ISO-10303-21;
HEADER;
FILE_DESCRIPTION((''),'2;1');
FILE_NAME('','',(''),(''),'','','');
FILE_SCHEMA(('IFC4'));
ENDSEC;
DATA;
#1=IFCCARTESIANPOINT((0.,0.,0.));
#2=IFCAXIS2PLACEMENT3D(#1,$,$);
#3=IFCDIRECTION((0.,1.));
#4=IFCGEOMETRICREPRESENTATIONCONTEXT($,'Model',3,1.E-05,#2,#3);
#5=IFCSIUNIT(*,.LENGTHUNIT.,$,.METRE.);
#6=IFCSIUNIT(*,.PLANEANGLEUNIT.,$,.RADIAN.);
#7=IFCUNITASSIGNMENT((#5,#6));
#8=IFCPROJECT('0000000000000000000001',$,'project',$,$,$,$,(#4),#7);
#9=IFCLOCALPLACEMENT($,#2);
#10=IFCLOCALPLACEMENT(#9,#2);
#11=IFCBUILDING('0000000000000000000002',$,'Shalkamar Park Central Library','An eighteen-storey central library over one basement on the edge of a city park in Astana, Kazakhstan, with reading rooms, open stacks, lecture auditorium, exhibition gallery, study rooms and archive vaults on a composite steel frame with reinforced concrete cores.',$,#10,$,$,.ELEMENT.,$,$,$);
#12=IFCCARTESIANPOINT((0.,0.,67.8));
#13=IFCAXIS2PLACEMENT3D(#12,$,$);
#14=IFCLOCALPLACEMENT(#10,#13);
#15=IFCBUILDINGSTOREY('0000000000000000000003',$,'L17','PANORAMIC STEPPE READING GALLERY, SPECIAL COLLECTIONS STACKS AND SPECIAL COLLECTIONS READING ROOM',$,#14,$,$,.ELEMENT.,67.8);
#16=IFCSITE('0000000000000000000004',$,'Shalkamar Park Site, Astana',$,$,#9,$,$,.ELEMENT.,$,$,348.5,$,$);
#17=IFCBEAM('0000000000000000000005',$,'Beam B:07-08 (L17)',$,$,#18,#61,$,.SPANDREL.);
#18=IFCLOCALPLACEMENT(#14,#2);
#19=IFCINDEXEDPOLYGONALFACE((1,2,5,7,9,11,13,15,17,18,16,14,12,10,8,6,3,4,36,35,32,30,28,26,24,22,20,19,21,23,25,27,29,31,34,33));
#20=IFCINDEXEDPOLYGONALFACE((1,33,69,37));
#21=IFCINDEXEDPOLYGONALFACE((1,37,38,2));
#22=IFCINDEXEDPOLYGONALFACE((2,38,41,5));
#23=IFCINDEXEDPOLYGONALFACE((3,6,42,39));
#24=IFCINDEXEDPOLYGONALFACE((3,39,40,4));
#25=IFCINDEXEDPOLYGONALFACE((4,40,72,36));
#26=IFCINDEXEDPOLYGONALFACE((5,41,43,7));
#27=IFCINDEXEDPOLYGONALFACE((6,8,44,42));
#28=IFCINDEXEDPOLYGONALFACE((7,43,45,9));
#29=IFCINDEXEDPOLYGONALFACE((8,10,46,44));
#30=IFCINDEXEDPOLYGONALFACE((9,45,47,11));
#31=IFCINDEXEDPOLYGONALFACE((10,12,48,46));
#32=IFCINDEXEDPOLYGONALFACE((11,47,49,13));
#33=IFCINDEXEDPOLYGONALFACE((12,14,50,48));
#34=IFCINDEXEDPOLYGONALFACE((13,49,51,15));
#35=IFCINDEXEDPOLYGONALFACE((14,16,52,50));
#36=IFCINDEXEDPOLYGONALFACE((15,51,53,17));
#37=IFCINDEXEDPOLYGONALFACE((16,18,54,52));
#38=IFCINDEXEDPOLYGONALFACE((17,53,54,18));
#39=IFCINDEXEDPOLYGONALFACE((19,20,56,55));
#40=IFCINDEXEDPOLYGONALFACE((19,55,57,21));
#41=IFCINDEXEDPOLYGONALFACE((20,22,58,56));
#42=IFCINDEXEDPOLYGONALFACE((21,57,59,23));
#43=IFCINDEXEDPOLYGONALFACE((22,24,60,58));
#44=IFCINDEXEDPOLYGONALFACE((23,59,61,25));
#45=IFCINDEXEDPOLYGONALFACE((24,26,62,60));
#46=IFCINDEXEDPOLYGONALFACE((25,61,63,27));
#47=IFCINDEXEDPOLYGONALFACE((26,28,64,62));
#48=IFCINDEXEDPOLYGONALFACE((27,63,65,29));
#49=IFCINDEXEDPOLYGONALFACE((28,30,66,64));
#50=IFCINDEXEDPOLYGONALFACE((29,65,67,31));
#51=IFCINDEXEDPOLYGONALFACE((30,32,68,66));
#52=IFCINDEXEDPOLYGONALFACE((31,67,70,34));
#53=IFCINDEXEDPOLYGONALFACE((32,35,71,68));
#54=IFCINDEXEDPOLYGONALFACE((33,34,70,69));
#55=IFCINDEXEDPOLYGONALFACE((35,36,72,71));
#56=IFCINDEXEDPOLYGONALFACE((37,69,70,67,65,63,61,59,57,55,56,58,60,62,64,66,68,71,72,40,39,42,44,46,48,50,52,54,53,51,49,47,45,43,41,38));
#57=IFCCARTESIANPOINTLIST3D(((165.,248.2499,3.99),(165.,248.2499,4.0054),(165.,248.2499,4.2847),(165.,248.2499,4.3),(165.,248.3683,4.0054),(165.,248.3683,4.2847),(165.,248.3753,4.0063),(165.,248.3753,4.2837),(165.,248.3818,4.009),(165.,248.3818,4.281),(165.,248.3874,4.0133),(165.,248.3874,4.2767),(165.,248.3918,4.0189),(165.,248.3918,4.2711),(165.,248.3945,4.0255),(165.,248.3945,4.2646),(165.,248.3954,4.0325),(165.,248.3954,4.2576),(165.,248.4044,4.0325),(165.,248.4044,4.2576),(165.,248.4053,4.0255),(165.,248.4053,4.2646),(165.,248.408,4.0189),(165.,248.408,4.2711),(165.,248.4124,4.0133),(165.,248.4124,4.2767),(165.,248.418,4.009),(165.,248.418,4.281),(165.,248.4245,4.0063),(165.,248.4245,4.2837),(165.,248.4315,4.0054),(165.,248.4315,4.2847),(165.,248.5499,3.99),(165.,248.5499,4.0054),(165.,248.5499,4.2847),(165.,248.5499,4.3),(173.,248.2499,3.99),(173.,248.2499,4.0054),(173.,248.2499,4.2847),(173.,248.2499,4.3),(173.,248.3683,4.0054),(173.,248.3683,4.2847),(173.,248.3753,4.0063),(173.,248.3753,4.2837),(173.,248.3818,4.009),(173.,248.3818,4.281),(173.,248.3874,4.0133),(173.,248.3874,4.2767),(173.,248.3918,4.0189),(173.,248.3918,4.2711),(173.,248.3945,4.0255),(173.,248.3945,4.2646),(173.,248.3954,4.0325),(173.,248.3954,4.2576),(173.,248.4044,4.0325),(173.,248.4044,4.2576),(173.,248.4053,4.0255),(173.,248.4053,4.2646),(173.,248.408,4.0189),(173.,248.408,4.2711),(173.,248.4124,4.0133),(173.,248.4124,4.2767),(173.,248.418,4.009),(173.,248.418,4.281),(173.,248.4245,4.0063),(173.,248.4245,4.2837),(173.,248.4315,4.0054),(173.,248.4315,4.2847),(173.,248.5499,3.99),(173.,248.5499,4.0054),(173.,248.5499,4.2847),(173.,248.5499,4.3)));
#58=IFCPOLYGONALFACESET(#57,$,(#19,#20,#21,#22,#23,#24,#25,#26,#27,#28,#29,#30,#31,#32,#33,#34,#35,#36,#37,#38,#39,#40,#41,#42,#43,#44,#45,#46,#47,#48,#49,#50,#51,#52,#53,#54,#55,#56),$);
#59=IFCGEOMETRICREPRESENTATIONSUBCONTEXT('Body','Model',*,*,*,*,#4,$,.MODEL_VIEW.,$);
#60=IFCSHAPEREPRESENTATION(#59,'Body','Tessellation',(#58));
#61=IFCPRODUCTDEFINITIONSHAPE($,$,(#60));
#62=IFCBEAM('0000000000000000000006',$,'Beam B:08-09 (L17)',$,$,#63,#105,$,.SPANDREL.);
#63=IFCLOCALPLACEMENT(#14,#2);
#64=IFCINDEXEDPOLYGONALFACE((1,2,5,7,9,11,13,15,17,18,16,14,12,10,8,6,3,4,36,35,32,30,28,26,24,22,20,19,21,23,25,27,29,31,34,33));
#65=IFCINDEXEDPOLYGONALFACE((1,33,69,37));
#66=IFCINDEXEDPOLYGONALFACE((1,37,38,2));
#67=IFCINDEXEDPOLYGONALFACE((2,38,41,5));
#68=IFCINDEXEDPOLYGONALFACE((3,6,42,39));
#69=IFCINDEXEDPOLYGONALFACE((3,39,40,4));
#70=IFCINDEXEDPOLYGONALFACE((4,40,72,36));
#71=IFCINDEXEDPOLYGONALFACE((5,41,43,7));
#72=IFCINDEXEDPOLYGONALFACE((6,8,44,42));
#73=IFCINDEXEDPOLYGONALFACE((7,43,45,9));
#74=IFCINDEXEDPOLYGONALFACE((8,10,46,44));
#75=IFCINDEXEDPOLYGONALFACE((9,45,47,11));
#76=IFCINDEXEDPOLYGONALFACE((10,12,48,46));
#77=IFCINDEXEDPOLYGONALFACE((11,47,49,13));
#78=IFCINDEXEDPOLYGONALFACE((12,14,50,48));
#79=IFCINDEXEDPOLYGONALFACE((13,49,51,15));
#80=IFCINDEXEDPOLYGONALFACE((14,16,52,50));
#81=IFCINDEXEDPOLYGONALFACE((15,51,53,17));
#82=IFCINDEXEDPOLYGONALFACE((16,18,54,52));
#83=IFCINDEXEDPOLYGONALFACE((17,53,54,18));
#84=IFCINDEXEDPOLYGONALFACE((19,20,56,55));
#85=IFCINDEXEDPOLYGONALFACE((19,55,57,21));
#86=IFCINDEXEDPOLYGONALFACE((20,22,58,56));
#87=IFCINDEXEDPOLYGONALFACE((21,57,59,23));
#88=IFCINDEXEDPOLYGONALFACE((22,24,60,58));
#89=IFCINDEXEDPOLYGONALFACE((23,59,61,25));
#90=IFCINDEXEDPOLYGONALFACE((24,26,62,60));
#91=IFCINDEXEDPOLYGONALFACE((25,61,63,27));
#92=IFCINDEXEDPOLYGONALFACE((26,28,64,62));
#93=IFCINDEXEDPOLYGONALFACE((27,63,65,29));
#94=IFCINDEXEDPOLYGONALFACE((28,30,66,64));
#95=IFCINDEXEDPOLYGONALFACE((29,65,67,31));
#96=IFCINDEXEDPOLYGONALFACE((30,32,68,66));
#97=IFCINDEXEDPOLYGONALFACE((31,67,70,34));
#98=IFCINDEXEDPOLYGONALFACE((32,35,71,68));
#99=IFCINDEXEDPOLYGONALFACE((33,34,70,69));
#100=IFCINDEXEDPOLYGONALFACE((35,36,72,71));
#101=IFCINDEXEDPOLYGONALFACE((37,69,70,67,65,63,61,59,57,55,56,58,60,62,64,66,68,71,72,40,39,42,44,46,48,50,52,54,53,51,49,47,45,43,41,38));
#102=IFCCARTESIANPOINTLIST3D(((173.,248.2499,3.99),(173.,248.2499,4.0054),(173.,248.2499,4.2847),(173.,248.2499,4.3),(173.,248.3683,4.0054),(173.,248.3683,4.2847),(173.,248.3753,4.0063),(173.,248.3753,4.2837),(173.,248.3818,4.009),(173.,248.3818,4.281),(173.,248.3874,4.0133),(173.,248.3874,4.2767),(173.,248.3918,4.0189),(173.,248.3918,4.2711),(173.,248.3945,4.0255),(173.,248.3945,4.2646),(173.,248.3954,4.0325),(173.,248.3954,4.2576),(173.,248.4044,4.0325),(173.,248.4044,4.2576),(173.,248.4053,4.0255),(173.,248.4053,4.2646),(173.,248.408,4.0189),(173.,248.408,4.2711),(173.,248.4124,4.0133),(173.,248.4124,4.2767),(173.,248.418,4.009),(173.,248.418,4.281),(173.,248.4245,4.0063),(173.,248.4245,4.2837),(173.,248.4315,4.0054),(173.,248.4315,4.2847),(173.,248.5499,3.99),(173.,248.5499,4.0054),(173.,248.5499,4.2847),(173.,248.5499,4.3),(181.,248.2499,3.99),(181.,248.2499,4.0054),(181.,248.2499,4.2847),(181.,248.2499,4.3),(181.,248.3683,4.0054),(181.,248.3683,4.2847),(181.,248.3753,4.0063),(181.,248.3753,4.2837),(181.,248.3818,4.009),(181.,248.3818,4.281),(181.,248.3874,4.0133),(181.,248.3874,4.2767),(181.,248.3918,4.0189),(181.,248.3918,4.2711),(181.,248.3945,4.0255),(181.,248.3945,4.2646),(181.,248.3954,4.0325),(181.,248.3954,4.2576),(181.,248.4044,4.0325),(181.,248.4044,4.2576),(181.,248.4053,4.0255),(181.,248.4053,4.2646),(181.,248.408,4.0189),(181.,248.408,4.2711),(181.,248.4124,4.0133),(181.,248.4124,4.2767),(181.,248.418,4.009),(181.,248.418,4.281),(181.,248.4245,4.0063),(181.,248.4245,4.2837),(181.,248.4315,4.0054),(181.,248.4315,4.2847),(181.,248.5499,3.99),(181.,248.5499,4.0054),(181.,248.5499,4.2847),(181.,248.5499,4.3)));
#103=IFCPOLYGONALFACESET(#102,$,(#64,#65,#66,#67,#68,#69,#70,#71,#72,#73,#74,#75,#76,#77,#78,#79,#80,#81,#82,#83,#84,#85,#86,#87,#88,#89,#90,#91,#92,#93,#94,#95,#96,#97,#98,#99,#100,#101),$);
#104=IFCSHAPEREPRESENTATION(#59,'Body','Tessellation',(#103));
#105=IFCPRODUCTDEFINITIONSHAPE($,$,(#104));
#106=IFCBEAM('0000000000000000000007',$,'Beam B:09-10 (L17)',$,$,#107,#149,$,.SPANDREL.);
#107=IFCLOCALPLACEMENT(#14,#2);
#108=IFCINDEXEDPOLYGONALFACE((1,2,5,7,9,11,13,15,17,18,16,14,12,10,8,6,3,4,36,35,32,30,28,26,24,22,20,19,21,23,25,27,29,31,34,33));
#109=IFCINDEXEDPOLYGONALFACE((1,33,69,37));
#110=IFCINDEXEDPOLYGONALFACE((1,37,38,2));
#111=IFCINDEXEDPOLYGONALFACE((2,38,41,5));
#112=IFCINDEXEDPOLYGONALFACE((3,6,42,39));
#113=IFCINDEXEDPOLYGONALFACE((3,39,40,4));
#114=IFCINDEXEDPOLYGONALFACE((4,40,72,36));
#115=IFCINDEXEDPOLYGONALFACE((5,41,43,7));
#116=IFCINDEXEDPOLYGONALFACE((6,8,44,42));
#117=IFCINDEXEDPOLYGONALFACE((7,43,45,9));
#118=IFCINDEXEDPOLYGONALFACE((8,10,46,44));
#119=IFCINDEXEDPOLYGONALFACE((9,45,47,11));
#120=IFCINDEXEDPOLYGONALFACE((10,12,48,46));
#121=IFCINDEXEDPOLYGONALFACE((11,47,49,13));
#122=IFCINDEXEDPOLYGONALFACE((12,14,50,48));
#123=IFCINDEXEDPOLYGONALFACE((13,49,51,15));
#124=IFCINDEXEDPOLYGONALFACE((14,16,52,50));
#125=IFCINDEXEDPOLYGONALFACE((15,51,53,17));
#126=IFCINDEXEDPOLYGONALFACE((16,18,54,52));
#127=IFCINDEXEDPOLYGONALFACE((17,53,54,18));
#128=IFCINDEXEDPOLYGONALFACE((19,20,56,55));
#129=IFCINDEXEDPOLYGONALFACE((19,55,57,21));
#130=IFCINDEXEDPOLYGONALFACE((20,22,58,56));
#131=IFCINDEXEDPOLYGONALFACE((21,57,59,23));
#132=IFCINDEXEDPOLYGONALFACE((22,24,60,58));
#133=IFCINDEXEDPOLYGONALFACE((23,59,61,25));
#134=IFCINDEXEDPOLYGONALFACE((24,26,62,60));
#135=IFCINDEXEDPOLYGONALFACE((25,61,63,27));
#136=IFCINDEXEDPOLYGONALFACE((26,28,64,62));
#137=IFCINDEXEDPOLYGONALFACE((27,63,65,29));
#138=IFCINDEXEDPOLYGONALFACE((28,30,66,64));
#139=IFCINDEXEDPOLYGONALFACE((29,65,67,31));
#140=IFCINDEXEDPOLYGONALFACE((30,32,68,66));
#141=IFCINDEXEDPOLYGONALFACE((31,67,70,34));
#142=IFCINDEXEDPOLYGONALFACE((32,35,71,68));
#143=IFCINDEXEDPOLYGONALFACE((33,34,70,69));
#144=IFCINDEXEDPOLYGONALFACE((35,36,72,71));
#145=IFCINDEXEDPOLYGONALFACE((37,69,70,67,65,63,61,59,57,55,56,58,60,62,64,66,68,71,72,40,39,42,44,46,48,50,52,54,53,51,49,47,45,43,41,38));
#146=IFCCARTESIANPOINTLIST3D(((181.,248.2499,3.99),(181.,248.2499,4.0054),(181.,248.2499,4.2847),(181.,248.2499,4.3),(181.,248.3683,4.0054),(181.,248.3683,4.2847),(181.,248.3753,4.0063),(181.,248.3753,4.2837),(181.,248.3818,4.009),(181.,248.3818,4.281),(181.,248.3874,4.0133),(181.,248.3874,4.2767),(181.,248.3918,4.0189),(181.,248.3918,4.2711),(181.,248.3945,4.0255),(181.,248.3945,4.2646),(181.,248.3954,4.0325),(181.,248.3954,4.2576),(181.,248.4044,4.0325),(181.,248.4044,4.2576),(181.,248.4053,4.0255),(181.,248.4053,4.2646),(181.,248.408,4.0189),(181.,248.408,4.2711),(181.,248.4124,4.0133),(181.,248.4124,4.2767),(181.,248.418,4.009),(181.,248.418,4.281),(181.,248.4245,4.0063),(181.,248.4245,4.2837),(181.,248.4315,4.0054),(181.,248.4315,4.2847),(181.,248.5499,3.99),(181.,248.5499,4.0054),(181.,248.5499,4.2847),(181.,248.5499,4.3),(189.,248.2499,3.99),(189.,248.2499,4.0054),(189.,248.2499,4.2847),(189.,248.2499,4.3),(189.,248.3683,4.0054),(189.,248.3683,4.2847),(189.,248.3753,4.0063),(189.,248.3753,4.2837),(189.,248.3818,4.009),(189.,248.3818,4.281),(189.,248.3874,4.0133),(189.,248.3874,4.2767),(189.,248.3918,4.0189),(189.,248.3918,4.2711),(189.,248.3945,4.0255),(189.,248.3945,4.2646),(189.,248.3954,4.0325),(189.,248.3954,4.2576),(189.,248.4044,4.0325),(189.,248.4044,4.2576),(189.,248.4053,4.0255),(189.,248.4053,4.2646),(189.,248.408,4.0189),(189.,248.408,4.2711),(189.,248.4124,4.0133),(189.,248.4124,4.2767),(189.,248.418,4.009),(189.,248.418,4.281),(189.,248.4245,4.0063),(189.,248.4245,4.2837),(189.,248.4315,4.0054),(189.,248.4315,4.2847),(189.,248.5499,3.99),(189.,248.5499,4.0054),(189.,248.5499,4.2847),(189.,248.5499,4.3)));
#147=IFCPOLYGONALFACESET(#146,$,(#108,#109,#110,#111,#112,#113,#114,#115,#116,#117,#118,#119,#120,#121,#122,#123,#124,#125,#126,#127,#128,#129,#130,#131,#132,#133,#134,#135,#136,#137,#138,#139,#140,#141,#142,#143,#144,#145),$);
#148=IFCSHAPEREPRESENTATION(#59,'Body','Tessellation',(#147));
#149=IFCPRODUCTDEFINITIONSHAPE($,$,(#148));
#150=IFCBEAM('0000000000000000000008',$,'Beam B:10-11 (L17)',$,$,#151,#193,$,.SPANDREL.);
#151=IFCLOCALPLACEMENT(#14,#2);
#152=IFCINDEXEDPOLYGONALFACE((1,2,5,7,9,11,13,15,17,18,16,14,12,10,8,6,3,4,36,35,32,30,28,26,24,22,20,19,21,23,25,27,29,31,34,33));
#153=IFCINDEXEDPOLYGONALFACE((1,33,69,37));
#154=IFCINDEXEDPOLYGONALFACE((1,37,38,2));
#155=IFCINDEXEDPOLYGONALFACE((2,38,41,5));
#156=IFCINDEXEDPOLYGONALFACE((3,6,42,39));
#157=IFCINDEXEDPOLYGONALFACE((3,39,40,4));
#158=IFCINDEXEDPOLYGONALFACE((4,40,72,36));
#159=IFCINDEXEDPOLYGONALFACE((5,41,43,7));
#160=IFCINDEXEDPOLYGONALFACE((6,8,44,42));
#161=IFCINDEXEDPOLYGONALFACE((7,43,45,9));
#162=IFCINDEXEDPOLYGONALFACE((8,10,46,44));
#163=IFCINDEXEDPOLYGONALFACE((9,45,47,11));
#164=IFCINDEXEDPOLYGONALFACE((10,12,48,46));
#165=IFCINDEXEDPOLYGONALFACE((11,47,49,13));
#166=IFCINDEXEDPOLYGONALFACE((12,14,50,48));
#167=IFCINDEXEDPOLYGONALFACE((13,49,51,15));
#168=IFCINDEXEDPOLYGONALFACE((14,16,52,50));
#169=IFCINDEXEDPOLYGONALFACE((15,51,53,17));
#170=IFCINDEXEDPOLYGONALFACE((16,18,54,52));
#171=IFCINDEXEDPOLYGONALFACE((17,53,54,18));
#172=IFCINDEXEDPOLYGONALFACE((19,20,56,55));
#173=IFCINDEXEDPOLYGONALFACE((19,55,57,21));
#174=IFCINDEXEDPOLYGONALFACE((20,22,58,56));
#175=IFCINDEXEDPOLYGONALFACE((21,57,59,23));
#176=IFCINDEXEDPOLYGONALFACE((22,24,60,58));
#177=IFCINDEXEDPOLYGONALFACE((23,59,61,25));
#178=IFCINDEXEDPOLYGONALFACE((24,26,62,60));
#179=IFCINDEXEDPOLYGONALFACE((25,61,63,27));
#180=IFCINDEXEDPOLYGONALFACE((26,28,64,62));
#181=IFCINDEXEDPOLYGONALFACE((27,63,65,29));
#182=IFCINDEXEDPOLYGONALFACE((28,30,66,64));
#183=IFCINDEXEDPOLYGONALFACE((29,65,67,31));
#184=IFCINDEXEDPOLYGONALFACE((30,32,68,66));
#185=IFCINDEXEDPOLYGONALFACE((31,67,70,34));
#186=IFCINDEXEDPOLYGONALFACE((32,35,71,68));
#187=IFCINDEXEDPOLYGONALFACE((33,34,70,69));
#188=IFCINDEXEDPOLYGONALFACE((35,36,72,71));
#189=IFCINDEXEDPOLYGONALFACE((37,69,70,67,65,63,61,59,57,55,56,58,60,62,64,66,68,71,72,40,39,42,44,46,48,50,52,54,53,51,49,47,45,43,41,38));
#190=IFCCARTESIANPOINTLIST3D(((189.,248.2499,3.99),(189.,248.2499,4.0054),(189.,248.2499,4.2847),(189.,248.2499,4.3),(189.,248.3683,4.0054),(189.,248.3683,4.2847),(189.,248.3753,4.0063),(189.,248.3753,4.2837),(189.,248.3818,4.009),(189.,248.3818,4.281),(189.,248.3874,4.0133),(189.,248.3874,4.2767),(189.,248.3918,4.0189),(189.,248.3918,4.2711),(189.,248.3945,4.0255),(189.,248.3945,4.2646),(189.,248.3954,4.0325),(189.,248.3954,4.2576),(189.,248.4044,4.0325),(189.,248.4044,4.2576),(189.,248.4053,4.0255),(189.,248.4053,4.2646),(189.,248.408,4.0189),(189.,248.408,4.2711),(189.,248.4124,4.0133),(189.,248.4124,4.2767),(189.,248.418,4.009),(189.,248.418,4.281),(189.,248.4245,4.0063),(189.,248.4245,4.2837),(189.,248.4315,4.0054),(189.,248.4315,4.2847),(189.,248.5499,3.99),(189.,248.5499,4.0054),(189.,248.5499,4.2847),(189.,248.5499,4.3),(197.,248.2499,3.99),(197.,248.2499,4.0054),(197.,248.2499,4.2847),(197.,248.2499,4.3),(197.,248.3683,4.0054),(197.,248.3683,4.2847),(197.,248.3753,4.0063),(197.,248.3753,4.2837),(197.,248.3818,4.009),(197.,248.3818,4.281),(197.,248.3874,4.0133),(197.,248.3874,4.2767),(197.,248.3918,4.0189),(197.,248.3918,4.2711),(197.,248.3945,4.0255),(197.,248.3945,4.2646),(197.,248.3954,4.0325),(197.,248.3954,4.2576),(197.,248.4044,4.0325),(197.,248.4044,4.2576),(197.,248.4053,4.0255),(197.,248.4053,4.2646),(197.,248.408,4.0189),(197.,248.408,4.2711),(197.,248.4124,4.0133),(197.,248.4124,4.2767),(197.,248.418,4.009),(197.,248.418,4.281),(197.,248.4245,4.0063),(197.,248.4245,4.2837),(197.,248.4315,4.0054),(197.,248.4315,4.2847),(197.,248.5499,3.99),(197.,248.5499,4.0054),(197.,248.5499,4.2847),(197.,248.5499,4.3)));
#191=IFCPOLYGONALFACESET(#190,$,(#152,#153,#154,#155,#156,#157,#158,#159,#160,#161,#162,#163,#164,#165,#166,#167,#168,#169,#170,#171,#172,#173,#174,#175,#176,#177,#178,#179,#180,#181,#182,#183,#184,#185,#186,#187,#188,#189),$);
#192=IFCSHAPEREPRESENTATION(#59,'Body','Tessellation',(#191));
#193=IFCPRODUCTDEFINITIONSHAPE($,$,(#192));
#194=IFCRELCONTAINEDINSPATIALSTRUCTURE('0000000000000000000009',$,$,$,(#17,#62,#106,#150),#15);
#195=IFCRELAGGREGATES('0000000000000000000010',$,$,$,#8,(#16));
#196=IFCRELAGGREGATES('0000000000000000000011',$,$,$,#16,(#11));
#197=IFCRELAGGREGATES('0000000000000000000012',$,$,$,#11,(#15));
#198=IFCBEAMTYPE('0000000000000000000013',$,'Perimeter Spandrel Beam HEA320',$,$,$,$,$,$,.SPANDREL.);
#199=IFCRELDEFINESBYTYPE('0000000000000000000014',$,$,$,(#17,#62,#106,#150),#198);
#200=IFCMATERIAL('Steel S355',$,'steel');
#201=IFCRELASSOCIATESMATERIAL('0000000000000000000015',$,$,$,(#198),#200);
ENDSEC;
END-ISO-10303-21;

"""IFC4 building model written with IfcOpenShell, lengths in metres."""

from ifc_helpers import new_model, si_unit, direction, frame, origin, origin_2d, place, context, subcontext, project, spatial, i_section, extrude, material, material_profile, profile_set, type_object, element, save


model = new_model("IFC4")

# Units and contexts
model_context = context("Model", 3, precision=1e-05, world=origin(), true_north=direction((0.0, 1.0)))
body_context = subcontext(model_context, "Body", "Model", "MODEL_VIEW")
ifc_project = project(units=[si_unit("LENGTHUNIT", "METRE"), si_unit("PLANEANGLEUNIT", "RADIAN")], contexts=[model_context])

# Site, building, storey
site_placement = place(None, origin())
site = spatial("IfcSite", under=ifc_project, at=site_placement, Name="Shalkamar Park Site, Astana", CompositionType="ELEMENT", RefElevation=348.5)
building_placement = place(site_placement, origin())
building = spatial("IfcBuilding", under=site, at=building_placement, Name="Shalkamar Park Central Library", Description="An eighteen-storey central library over one basement on the edge of a city park in Astana, Kazakhstan, with reading rooms, open stacks, lecture auditorium, exhibition gallery, study rooms and archive vaults on a composite steel frame with reinforced concrete cores.", CompositionType="ELEMENT")
storey_placement = place(building_placement, frame((0.0, 0.0, 67.8)))
storey = spatial("IfcBuildingStorey", under=building, at=storey_placement, Name="L17", Description="PANORAMIC STEPPE READING GALLERY, SPECIAL COLLECTIONS STACKS AND SPECIAL COLLECTIONS READING ROOM", CompositionType="ELEMENT", Elevation=67.8)

# Shared definitions
ifc_material_1 = material(Name="Steel S355", Category="steel")

# Beams
ifc_material_profile_1 = material_profile(ifc_material_1, i_section(OverallWidth=0.3, OverallDepth=0.3101, WebThickness=0.009, FlangeThickness=0.0154, FilletRadius=0.0271, at=origin_2d()), Name="HEA 320")
ifc_profile_set_1 = profile_set([ifc_material_profile_1], Name="Steel S355")
beam_type_1 = type_object("IfcBeamType", Name="Perimeter Spandrel Beam HEA320", PredefinedType="SPANDREL", material=ifc_profile_set_1)
for number, where, z_axis, x_axis, name in (
    (1, (165.0, 248.3999, 4.145), (1.0, 0.0, 0.0), (0.0, 1.0, 0.0), "Beam B:07-08 (L17)"),
    (2, (173.0, 248.3999, 4.145), (1.0, 0.0, 0.0), (0.0, 1.0, 0.0), "Beam B:08-09 (L17)"),
    (3, (181.0, 248.3999, 4.145), (1.0, 0.0, 0.0), (0.0, 1.0, 0.0), "Beam B:09-10 (L17)"),
    (4, (189.0, 248.3999, 4.145), (1.0, 0.0, 0.0), (0.0, 1.0, 0.0), "Beam B:10-11 (L17)"),
):
    element("IfcBeam", number, at=place(storey_placement, frame(where, z_axis=z_axis, x_axis=x_axis)), inside=storey, type_object=beam_type_1, Name=name, PredefinedType="SPANDREL", context=body_context, shape_type="SweptSolid", body=[
        extrude(i_section(OverallWidth=0.3, OverallDepth=0.3101, WebThickness=0.009, FlangeThickness=0.0154, FilletRadius=0.0271, at=origin_2d()), origin(), (0.0, 0.0, 1.0), 8.0),
    ])

save(model, "model.ifc")
